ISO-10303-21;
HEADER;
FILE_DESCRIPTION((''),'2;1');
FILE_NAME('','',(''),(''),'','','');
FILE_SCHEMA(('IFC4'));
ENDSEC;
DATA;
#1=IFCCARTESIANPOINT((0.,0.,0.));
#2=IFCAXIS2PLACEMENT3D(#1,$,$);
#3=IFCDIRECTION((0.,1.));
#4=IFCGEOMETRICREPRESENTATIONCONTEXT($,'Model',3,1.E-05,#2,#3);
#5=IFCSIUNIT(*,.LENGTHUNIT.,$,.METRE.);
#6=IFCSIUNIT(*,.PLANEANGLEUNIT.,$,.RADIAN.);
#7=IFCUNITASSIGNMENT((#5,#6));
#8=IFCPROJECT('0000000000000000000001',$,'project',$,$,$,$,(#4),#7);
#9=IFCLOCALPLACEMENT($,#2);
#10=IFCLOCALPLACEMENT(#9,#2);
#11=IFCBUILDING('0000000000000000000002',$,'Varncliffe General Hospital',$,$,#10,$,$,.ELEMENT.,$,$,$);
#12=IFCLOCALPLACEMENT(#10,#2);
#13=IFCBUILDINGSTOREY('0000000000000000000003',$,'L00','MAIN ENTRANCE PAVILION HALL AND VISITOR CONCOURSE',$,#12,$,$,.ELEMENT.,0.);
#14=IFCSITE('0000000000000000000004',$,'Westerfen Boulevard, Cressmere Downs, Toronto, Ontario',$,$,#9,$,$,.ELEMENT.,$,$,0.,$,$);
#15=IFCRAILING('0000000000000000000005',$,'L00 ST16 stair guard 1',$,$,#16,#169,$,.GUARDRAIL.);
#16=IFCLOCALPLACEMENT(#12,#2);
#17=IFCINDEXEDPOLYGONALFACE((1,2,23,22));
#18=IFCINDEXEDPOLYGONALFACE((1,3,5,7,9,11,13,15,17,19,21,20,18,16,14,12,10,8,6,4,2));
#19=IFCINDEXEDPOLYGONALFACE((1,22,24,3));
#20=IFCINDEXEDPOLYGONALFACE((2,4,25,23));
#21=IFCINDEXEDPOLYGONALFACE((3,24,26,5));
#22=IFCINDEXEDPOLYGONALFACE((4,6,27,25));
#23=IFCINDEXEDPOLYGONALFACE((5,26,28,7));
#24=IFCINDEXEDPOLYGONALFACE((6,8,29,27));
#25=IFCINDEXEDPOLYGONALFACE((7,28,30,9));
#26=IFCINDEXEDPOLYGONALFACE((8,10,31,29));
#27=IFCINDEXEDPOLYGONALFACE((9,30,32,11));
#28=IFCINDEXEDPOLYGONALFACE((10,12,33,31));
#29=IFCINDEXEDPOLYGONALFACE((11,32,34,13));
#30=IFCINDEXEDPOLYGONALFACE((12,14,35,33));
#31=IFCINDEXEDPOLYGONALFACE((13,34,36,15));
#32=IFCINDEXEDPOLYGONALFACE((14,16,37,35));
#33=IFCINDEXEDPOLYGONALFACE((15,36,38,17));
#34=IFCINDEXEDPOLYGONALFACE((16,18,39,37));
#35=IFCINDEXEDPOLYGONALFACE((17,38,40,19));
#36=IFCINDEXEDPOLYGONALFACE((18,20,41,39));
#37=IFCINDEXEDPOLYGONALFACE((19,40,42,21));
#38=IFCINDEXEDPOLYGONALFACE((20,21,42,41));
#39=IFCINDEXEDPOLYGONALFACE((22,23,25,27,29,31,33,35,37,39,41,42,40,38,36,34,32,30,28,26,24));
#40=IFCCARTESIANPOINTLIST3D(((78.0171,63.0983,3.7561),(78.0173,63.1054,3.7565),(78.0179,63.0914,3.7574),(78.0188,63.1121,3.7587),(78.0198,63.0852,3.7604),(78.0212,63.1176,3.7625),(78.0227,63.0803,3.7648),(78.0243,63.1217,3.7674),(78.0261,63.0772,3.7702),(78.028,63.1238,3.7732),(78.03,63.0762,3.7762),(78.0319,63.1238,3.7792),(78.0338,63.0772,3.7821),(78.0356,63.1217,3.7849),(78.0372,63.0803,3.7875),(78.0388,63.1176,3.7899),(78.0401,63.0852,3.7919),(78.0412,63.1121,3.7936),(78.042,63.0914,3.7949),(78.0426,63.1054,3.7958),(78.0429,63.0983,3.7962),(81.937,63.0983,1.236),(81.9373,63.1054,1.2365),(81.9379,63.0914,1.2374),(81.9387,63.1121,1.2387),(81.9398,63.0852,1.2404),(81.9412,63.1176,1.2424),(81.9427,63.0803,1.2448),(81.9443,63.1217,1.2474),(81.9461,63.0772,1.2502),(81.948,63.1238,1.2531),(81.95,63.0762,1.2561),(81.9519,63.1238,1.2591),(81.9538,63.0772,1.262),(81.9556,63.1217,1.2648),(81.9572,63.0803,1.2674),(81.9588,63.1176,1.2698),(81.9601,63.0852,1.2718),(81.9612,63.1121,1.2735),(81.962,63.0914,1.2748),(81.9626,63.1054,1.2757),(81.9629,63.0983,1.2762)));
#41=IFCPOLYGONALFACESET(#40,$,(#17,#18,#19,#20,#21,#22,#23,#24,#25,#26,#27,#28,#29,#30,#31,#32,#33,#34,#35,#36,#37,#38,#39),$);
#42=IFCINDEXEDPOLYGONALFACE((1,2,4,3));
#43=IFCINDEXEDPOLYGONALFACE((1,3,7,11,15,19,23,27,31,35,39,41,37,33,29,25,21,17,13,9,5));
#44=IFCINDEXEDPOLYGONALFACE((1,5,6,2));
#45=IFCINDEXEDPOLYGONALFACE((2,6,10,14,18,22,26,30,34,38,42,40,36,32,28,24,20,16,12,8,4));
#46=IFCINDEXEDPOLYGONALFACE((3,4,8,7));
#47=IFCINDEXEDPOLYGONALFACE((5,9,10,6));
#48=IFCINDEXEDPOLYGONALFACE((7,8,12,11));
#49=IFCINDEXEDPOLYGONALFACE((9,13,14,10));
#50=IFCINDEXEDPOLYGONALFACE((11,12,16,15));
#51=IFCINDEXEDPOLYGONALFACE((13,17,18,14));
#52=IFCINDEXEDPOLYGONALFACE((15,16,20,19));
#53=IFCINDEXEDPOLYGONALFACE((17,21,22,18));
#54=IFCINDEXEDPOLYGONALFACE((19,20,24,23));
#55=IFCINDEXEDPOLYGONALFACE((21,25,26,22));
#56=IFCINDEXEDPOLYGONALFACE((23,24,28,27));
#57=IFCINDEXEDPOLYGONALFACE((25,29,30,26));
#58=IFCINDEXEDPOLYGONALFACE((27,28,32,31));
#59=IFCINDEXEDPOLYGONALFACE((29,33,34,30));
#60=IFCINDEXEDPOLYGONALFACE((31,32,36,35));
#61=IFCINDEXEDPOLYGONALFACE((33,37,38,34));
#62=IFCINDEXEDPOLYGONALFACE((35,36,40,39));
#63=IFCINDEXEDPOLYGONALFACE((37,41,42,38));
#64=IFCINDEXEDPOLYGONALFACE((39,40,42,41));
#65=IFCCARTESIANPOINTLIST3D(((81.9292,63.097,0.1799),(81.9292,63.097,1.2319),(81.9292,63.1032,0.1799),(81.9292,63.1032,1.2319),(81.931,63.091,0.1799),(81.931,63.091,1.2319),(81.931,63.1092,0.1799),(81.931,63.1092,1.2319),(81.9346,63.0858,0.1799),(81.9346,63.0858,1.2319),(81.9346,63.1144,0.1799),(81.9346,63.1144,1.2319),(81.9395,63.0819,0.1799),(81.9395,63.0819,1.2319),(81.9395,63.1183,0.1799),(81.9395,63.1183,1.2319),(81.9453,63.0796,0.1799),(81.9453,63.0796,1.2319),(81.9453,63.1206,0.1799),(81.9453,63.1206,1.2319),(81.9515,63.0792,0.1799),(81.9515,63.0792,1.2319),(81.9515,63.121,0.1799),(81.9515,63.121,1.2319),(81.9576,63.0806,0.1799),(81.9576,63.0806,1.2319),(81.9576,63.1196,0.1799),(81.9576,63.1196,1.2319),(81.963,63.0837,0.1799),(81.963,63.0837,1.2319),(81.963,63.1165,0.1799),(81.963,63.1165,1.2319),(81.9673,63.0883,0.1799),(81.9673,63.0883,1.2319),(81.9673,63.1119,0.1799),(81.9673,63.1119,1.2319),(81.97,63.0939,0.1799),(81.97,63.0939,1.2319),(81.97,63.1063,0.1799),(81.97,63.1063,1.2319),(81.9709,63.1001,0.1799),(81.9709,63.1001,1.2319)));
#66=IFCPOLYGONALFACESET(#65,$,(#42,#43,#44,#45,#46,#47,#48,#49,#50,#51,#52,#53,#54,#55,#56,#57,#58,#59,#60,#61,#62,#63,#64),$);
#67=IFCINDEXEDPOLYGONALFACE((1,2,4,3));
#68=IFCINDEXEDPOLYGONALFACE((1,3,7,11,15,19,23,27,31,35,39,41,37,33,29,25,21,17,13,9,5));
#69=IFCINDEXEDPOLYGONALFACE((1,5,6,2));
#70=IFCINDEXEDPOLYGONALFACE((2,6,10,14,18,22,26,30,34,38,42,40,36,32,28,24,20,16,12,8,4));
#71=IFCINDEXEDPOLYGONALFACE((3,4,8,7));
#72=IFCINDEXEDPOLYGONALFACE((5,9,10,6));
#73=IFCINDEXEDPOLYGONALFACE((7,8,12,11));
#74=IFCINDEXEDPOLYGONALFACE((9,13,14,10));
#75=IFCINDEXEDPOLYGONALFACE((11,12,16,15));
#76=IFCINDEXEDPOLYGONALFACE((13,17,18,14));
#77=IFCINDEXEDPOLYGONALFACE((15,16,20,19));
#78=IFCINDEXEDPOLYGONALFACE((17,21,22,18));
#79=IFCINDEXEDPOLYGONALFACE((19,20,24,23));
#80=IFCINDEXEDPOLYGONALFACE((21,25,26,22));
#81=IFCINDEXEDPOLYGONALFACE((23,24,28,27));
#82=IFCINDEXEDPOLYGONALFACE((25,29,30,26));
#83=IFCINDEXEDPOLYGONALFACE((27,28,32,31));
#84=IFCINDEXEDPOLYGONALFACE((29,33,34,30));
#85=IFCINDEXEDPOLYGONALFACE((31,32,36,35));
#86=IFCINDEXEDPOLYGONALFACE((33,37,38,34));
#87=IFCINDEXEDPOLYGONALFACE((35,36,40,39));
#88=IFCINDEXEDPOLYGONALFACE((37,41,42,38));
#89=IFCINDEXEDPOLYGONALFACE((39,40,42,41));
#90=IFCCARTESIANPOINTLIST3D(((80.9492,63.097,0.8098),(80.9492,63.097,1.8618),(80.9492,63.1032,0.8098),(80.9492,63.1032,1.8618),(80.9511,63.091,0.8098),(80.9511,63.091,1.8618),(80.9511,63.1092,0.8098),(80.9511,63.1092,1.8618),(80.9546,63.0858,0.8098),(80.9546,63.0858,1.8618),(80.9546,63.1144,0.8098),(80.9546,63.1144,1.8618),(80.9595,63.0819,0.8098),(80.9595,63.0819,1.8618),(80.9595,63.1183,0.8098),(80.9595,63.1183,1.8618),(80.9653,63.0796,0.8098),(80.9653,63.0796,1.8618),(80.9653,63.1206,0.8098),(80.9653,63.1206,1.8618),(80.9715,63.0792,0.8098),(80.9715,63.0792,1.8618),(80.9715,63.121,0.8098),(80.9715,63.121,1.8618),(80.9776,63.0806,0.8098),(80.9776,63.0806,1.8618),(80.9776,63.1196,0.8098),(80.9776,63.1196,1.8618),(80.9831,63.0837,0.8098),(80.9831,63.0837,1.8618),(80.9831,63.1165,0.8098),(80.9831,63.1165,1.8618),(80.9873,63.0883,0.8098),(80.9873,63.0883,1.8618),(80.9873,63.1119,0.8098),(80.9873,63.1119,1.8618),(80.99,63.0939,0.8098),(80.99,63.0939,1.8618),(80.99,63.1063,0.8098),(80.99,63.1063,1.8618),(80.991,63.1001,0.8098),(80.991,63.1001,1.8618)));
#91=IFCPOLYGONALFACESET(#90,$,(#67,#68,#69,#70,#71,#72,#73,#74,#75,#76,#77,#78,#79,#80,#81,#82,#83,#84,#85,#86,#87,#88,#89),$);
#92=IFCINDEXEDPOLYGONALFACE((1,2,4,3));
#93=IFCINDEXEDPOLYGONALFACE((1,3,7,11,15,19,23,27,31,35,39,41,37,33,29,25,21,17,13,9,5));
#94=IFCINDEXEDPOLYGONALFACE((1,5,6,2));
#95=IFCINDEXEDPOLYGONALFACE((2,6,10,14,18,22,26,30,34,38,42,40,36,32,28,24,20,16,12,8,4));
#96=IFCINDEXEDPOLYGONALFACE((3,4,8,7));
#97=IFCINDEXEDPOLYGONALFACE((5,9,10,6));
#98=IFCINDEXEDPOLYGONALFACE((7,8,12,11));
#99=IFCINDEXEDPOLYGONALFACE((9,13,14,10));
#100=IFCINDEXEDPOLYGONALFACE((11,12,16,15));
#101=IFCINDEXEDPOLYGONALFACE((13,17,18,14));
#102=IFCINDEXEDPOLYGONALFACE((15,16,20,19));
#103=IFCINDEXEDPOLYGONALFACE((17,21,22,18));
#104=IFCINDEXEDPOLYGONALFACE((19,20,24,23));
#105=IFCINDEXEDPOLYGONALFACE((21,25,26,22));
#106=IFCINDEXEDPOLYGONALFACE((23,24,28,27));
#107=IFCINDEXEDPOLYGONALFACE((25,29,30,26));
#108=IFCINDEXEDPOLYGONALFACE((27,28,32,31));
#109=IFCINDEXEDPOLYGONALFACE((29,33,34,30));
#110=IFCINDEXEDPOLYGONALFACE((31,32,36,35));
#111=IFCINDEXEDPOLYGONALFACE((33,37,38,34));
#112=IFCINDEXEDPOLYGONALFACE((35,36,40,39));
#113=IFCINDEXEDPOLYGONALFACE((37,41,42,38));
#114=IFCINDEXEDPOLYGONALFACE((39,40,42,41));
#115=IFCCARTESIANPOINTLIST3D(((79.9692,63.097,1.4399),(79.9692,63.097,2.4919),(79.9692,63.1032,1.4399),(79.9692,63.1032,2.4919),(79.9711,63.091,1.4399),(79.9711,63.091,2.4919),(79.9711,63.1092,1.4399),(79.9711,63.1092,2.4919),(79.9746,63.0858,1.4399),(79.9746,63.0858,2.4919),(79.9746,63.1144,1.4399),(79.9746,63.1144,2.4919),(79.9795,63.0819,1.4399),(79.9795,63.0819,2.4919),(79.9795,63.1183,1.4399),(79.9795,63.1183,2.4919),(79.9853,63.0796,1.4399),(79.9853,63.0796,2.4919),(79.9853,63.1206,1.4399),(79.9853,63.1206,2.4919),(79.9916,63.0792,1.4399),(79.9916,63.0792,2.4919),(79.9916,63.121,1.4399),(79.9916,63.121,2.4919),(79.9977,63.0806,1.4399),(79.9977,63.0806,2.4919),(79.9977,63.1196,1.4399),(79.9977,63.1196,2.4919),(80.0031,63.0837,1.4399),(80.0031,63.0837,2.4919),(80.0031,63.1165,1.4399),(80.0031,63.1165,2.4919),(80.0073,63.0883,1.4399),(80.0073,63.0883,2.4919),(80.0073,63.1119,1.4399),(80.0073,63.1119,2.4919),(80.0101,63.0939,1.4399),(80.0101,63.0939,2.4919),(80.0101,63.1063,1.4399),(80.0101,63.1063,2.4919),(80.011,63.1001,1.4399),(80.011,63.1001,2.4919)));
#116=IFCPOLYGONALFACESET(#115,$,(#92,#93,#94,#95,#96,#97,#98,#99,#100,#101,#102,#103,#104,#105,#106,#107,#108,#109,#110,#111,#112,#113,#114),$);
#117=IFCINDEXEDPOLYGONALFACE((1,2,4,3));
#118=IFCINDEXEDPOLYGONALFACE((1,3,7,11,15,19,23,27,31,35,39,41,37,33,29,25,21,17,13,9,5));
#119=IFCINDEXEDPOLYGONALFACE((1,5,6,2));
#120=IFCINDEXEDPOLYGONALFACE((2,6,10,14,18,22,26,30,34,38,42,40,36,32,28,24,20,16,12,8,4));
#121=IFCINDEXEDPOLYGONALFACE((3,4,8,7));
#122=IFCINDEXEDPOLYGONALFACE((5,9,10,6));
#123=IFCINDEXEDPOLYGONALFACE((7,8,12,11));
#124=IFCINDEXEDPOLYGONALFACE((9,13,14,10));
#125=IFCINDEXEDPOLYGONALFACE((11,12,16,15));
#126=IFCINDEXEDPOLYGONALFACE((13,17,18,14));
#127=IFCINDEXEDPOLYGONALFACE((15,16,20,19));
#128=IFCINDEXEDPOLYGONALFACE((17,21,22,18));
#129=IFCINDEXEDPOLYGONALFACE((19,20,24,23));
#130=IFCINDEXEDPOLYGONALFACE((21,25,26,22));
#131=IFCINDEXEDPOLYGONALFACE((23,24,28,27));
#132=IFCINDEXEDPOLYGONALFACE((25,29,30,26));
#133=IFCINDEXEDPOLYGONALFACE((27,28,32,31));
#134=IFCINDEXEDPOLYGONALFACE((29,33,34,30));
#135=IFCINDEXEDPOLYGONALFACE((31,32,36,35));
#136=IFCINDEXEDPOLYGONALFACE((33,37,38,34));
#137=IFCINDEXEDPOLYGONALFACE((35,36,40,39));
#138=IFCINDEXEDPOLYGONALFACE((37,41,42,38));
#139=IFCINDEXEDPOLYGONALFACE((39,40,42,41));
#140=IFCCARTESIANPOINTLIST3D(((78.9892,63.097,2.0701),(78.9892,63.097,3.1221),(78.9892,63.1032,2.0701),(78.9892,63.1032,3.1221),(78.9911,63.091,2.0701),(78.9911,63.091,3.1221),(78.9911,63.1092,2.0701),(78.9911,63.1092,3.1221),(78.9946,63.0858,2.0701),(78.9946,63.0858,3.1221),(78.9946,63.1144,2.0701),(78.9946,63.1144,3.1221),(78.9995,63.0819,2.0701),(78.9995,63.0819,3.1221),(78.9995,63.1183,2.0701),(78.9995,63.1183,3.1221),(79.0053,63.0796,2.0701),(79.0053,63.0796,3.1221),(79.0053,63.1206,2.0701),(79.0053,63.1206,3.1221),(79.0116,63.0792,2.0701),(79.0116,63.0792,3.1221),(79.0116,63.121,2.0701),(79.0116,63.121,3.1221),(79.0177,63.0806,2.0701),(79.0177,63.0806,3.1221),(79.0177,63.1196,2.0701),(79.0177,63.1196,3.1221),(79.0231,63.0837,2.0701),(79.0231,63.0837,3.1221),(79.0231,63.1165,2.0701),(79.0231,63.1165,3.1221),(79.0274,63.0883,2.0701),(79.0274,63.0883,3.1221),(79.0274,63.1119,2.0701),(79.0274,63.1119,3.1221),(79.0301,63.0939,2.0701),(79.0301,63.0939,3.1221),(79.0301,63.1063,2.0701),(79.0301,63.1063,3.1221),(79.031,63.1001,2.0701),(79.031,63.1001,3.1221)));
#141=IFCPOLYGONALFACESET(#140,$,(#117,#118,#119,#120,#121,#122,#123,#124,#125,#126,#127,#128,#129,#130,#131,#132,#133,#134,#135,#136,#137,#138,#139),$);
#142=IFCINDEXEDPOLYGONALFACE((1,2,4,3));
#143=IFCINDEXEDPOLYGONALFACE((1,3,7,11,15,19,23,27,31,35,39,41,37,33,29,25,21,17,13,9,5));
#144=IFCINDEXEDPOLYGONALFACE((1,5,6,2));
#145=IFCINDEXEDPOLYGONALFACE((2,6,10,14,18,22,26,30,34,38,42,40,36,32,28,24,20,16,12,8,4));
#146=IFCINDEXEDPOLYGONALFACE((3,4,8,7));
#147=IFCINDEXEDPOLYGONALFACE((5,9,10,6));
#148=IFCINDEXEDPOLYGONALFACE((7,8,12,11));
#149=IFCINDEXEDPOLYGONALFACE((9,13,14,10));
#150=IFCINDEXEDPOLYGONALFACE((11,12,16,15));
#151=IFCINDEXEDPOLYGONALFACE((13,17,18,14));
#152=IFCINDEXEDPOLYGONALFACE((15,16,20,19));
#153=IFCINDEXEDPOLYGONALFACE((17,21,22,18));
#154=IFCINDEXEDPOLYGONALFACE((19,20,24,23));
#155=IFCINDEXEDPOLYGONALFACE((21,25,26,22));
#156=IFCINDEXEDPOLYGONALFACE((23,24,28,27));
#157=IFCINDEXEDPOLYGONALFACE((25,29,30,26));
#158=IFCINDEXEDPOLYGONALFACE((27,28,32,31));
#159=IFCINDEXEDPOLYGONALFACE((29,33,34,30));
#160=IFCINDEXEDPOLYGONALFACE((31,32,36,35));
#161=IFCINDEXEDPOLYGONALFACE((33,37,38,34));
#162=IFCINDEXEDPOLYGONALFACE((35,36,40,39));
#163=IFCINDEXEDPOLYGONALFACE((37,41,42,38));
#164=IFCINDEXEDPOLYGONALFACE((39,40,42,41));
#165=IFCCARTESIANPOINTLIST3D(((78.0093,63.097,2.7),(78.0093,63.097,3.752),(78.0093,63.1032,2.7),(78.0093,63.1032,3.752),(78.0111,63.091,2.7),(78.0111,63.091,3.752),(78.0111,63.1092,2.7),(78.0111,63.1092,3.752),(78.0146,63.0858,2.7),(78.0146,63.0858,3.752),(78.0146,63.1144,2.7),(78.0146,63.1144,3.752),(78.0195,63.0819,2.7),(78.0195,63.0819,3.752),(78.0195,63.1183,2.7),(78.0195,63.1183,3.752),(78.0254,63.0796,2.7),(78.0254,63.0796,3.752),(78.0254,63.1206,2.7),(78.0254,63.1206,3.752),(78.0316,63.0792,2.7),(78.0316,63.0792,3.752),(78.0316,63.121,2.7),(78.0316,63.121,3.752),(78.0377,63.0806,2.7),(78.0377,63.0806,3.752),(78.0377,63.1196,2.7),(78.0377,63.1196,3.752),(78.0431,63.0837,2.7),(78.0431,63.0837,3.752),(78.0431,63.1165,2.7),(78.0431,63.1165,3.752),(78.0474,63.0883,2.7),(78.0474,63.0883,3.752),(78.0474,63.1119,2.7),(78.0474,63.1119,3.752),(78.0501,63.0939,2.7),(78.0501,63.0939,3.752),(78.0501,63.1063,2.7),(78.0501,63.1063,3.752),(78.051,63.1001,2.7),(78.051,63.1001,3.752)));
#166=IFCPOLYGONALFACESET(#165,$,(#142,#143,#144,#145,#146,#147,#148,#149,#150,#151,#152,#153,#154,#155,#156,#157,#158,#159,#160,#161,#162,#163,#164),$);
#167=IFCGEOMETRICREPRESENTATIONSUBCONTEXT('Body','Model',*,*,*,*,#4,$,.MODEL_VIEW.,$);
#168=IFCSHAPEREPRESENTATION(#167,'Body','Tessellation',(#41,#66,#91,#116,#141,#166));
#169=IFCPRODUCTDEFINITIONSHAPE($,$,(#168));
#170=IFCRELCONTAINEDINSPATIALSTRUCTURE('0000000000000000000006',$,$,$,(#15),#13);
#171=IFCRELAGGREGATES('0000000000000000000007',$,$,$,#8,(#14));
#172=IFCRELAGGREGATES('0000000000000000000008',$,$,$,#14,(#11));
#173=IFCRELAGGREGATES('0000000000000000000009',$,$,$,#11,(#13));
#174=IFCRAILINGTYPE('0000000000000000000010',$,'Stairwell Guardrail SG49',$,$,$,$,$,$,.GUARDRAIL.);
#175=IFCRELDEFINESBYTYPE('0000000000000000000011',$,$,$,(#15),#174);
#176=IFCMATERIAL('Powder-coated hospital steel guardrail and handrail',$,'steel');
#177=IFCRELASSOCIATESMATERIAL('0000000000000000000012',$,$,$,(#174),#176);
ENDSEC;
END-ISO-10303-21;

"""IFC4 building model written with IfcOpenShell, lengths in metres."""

from ifc_helpers import new_model, si_unit, direction, frame, origin, origin_2d, place, context, subcontext, project, spatial, circle, extrude, material, type_object, element, save


model = new_model("IFC4")

# Units and contexts
model_context = context("Model", 3, precision=1e-05, world=origin(), true_north=direction((0.0, 1.0)))
body_context = subcontext(model_context, "Body", "Model", "MODEL_VIEW")
ifc_project = project(units=[si_unit("LENGTHUNIT", "METRE"), si_unit("PLANEANGLEUNIT", "RADIAN")], contexts=[model_context])

# Site, building, storey
site_placement = place(None, origin())
site = spatial("IfcSite", under=ifc_project, at=site_placement, Name="Westerfen Boulevard, Cressmere Downs, Toronto, Ontario", CompositionType="ELEMENT", RefElevation=0.0)
building_placement = place(site_placement, origin())
building = spatial("IfcBuilding", under=site, at=building_placement, Name="Varncliffe General Hospital", CompositionType="ELEMENT")
storey_placement = place(building_placement, origin())
storey = spatial("IfcBuildingStorey", under=building, at=storey_placement, Name="L00", Description="MAIN ENTRANCE PAVILION HALL AND VISITOR CONCOURSE", CompositionType="ELEMENT", Elevation=0.0)

# Railing
ifc_material_1 = material(Name="Powder-coated hospital steel guardrail and handrail", Category="steel")
railing_type_1 = type_object("IfcRailingType", Name="Stairwell Guardrail SG49", PredefinedType="GUARDRAIL", material=ifc_material_1)
railing_1_placement = place(storey_placement, frame((81.95, 63.1001, 0.1799)))
element("IfcRailing", 1, at=railing_1_placement, inside=storey, type_object=railing_type_1, Name="L00 ST16 stair guard 1", PredefinedType="GUARDRAIL", context=body_context, shape_type="SweptSolid", body=[
    extrude(circle(Radius=0.0239, at=origin_2d()), frame((0.0, 0.0, 1.0762), z_axis=(-0.841172, 0.0, 0.540768), x_axis=(0.0, -1.0, 0.0)), (0.0, 0.0, 1.0), 4.6602),
    extrude(circle(Radius=0.021, at=origin_2d()), origin(), (0.0, 0.0, 1.0), 1.052),
    extrude(circle(Radius=0.021, at=origin_2d()), frame((-0.98, 0.0, 0.6299)), (0.0, 0.0, 1.0), 1.052),
    extrude(circle(Radius=0.021, at=origin_2d()), frame((-1.96, 0.0, 1.26)), (0.0, 0.0, 1.0), 1.052),
    extrude(circle(Radius=0.021, at=origin_2d()), frame((-2.9399, 0.0, 1.8901)), (0.0, 0.0, 1.0), 1.052),
    extrude(circle(Radius=0.021, at=origin_2d()), frame((-3.9199, 0.0, 2.52)), (0.0, 0.0, 1.0), 1.052),
])

save(model, "model.ifc")
